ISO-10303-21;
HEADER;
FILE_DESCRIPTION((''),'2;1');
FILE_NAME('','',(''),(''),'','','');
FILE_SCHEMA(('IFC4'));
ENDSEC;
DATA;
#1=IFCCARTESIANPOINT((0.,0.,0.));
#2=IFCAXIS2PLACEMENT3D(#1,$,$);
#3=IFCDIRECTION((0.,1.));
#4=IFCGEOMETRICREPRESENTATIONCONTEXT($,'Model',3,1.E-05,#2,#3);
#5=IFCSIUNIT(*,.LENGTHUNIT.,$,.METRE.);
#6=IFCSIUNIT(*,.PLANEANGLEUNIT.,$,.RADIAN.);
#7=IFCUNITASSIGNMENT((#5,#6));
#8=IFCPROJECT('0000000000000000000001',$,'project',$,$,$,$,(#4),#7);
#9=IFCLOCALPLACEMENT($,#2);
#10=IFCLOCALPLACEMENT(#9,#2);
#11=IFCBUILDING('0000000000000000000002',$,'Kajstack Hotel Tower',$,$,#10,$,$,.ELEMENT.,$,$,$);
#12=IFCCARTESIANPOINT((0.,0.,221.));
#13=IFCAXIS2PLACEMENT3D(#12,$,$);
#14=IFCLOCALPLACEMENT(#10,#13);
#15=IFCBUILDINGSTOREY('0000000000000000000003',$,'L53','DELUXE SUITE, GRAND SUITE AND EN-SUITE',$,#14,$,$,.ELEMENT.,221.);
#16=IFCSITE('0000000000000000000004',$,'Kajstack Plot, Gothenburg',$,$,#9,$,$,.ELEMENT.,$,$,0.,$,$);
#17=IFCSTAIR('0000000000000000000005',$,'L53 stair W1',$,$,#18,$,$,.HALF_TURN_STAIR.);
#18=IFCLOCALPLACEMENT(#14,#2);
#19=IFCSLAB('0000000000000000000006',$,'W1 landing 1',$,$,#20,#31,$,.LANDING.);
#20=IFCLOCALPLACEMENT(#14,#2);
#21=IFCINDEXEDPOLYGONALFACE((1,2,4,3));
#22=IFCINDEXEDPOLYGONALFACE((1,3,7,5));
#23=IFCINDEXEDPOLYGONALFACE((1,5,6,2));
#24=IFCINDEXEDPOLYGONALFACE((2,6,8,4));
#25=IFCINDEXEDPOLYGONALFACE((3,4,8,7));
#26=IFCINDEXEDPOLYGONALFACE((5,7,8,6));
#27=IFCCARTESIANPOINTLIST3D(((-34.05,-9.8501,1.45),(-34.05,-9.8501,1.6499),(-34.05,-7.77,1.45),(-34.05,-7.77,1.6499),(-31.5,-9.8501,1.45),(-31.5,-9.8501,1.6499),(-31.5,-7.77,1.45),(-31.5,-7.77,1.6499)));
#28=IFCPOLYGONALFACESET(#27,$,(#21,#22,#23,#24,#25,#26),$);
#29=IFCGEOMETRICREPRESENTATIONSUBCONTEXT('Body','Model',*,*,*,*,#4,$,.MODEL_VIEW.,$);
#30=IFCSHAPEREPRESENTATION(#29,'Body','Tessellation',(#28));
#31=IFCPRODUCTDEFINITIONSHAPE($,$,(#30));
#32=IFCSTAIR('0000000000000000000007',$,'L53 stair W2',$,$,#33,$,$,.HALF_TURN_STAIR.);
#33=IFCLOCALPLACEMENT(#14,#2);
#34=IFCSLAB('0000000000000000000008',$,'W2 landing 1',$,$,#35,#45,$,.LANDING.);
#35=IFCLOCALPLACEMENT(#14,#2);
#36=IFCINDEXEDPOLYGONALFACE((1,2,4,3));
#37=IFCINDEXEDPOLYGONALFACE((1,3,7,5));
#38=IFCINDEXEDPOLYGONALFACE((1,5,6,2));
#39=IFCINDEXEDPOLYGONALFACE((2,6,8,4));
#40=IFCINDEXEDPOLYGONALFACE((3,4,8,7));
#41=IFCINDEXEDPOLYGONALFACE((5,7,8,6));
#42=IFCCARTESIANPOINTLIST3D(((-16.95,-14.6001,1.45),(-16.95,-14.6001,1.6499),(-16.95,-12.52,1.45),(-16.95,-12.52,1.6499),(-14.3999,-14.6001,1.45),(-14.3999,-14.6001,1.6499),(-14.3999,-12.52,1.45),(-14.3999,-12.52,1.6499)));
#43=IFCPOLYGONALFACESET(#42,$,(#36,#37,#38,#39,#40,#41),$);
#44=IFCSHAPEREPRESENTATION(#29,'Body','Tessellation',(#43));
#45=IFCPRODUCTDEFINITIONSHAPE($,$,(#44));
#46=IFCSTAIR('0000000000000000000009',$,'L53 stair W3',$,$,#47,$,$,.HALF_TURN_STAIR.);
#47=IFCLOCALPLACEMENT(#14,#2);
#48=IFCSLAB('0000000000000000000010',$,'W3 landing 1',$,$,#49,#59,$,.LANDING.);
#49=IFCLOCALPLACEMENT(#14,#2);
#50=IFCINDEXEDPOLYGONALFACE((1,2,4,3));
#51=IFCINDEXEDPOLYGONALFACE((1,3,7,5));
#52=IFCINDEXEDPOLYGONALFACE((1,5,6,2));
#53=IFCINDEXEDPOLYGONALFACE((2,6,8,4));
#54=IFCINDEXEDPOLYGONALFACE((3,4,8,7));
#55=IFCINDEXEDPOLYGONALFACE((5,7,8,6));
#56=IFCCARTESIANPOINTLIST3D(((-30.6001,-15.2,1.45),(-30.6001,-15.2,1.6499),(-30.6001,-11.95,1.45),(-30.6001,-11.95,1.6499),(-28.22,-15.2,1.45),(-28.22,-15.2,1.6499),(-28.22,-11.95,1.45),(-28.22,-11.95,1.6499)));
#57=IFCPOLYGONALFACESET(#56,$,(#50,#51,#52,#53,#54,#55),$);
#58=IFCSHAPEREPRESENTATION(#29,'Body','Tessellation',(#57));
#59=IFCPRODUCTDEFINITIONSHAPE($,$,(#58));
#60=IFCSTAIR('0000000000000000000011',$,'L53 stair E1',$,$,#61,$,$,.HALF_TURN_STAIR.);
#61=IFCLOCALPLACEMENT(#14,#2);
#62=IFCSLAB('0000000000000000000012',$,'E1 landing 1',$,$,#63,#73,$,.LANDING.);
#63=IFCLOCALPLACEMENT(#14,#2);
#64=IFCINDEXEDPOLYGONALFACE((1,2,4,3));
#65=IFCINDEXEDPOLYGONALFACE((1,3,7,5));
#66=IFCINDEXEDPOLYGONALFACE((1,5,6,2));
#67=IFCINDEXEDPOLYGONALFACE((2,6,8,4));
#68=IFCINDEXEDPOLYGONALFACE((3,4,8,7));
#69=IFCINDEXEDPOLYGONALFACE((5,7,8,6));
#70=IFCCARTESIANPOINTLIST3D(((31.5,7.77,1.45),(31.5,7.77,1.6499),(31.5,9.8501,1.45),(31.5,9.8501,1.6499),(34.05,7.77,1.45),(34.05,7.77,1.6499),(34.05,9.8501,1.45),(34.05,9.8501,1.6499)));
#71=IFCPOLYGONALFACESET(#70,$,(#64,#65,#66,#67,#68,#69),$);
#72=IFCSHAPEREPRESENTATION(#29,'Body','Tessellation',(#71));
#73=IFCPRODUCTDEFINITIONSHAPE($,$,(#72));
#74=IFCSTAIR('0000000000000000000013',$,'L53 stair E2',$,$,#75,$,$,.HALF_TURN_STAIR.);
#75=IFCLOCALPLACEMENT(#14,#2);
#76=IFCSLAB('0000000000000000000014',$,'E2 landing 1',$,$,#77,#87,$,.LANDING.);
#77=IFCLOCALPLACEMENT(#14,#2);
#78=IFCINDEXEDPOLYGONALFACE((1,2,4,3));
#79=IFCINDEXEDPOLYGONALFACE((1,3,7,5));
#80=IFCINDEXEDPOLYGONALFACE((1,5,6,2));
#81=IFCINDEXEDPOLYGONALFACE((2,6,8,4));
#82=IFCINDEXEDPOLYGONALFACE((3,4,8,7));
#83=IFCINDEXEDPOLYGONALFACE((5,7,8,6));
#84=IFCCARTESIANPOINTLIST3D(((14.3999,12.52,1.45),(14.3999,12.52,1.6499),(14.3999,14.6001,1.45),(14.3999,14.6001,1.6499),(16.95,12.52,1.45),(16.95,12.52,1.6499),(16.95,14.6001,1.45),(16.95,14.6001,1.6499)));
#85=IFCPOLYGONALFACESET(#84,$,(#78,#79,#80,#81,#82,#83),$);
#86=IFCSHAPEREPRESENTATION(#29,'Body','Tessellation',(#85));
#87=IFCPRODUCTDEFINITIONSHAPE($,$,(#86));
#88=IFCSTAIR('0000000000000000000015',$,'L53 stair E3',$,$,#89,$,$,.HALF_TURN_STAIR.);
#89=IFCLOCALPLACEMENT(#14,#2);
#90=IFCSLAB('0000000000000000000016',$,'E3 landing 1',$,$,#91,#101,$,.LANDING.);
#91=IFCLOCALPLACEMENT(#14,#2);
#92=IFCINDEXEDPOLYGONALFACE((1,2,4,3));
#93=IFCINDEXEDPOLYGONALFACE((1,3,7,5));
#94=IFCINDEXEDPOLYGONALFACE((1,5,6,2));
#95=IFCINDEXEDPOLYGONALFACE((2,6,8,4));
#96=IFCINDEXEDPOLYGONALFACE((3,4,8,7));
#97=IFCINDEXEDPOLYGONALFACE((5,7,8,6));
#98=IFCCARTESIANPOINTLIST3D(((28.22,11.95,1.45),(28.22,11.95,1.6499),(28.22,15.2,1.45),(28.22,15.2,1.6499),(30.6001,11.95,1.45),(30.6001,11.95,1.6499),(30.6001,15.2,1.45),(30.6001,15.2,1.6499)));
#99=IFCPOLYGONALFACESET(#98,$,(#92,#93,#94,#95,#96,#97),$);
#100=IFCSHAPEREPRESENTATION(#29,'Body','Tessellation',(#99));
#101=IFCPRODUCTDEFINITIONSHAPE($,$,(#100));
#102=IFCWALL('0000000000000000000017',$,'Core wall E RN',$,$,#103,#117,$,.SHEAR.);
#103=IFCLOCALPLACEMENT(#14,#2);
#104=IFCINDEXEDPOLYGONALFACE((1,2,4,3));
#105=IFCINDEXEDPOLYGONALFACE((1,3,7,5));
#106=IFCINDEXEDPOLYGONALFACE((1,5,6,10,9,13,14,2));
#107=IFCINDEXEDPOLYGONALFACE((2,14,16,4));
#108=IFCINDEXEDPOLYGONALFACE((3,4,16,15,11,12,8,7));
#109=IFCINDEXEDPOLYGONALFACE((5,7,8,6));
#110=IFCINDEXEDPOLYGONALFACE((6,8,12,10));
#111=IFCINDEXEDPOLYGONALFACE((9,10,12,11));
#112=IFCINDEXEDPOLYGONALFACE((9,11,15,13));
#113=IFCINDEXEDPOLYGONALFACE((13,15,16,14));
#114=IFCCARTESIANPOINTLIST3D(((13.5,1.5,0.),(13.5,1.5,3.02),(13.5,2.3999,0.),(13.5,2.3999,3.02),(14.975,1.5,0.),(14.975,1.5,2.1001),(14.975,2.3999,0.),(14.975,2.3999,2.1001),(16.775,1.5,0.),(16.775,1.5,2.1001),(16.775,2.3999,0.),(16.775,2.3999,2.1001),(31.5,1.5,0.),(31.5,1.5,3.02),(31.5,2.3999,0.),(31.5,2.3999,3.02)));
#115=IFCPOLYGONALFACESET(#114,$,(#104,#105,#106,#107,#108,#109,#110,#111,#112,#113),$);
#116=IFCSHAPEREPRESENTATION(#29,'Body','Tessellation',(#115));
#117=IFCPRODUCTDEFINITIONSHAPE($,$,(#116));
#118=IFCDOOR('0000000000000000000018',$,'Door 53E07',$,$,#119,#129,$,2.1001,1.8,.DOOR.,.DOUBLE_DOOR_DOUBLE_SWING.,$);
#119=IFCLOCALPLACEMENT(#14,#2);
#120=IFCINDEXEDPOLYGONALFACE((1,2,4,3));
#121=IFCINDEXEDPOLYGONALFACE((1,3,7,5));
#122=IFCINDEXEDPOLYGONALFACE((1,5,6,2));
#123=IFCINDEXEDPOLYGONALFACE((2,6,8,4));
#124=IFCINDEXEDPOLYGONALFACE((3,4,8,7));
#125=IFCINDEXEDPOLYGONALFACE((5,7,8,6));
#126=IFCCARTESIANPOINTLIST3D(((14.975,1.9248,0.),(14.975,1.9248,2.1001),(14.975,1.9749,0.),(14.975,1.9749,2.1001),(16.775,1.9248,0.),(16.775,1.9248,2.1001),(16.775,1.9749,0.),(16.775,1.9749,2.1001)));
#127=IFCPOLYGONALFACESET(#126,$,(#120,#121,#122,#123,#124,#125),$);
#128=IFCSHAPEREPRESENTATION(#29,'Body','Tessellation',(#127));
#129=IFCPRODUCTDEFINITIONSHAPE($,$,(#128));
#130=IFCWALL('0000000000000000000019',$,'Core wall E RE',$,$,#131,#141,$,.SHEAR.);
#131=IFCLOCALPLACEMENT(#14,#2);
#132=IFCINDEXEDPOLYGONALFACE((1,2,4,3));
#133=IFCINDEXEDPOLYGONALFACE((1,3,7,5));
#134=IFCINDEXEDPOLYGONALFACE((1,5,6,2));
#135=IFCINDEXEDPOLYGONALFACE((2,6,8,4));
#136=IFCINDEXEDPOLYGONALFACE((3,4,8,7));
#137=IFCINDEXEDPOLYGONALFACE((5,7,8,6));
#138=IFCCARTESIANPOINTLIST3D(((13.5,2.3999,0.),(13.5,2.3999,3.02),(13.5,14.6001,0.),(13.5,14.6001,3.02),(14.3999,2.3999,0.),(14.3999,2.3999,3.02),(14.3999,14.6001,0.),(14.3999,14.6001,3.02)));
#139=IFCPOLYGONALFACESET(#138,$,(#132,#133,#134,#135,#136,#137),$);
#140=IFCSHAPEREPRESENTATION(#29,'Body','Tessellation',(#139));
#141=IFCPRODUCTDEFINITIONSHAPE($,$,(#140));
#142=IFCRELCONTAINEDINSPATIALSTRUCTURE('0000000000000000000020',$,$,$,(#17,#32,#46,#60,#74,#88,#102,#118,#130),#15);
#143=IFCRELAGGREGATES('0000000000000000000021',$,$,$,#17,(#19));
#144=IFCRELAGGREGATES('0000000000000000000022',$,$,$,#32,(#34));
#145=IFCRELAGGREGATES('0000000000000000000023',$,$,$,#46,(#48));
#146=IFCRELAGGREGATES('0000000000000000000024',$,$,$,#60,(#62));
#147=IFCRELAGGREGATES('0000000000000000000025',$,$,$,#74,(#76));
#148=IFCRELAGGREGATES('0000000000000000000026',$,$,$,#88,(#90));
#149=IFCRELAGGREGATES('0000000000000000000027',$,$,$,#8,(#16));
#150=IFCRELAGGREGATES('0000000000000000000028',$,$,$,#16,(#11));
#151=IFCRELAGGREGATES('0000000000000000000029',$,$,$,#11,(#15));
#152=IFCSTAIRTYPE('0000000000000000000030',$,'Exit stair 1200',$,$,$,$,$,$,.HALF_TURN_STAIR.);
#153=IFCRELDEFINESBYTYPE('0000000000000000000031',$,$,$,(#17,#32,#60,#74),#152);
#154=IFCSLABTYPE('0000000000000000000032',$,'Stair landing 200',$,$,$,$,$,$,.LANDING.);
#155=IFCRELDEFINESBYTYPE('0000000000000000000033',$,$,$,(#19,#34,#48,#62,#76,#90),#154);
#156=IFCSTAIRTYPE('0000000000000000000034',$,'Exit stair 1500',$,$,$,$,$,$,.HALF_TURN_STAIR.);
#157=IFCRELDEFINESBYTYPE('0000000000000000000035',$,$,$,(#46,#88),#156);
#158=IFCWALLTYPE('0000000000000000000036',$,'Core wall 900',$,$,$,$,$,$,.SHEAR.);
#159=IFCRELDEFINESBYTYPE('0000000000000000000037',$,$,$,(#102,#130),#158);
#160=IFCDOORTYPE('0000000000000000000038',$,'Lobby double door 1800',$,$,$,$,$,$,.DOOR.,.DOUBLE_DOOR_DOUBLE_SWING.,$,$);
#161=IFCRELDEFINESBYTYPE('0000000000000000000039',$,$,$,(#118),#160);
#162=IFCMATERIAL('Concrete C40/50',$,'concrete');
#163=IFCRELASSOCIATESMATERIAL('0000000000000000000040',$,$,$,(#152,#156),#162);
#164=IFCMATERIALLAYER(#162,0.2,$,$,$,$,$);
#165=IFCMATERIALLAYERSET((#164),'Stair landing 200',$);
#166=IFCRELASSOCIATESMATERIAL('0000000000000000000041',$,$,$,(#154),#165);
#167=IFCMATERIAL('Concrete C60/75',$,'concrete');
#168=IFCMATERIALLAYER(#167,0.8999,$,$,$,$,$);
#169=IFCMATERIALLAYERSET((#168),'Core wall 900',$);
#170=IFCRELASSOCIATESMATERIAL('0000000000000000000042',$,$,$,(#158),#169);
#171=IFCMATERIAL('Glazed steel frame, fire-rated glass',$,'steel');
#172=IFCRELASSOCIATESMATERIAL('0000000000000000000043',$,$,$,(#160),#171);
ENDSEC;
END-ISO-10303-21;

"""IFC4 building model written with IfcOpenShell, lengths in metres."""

from ifc_helpers import new_model, si_unit, direction, frame, frame_2d, origin, place, context, subcontext, project, spatial, polyline, rectangle, outline, extrude, material, layer, layer_set, type_object, element, fill, aggregate, save


model = new_model("IFC4")

# Units and contexts
model_context = context("Model", 3, precision=1e-05, world=origin(), true_north=direction((0.0, 1.0)))
body_context = subcontext(model_context, "Body", "Model", "MODEL_VIEW")
ifc_project = project(units=[si_unit("LENGTHUNIT", "METRE"), si_unit("PLANEANGLEUNIT", "RADIAN")], contexts=[model_context])

# Site, building, storey
site_placement = place(None, origin())
site = spatial("IfcSite", under=ifc_project, at=site_placement, Name="Kajstack Plot, Gothenburg", CompositionType="ELEMENT", RefElevation=0.0)
building_placement = place(site_placement, origin())
building = spatial("IfcBuilding", under=site, at=building_placement, Name="Kajstack Hotel Tower", CompositionType="ELEMENT")
storey_placement = place(building_placement, frame((0.0, 0.0, 221.0)))
storey = spatial("IfcBuildingStorey", under=building, at=storey_placement, Name="L53", Description="DELUXE SUITE, GRAND SUITE AND EN-SUITE", CompositionType="ELEMENT", Elevation=221.0)

# Stairs, slabs
ifc_material_1 = material(Name="Concrete C40/50", Category="concrete")
stair_type_1 = type_object("IfcStairType", Name="Exit stair 1200", PredefinedType="HALF_TURN_STAIR", material=ifc_material_1)
stair_1_placement = place(storey_placement, origin())
stair_1 = element("IfcStair", 1, at=stair_1_placement, inside=storey, type_object=stair_type_1, Name="L53 stair W1", PredefinedType="HALF_TURN_STAIR")
ifc_layer_1 = layer(ifc_material_1, 0.2)
ifc_layer_set_1 = layer_set([ifc_layer_1], Name="Stair landing 200")
slab_type = type_object("IfcSlabType", Name="Stair landing 200", PredefinedType="LANDING", material=ifc_layer_set_1)
slab_1_placement = place(storey_placement, frame((0.0, 0.0, 1.45)))
slab_1 = element("IfcSlab", 2, at=slab_1_placement, type_object=slab_type, Name="W1 landing 1", PredefinedType="LANDING", context=body_context, shape_type="SweptSolid", body=[
    extrude(outline(polyline([(-34.05, -7.77), (-34.05, -9.8501), (-31.5, -9.8501), (-31.5, -7.77), (-34.05, -7.77)])), origin(), (0.0, 0.0, 1.0), 0.2),
])
aggregate(stair_1, [slab_1])
stair_2_placement = place(storey_placement, origin())
stair_2 = element("IfcStair", 3, at=stair_2_placement, inside=storey, type_object=stair_type_1, Name="L53 stair W2", PredefinedType="HALF_TURN_STAIR")
slab_2_placement = place(storey_placement, frame((0.0, 0.0, 1.45)))
slab_2 = element("IfcSlab", 4, at=slab_2_placement, type_object=slab_type, Name="W2 landing 1", PredefinedType="LANDING", context=body_context, shape_type="SweptSolid", body=[
    extrude(outline(polyline([(-16.95, -12.52), (-16.95, -14.6001), (-14.3999, -14.6001), (-14.3999, -12.52), (-16.95, -12.52)])), origin(), (0.0, 0.0, 1.0), 0.2),
])
aggregate(stair_2, [slab_2])
stair_type_2 = type_object("IfcStairType", Name="Exit stair 1500", PredefinedType="HALF_TURN_STAIR", material=ifc_material_1)
stair_3_placement = place(storey_placement, origin())
stair_3 = element("IfcStair", 5, at=stair_3_placement, inside=storey, type_object=stair_type_2, Name="L53 stair W3", PredefinedType="HALF_TURN_STAIR")
slab_3_placement = place(storey_placement, frame((0.0, 0.0, 1.45)))
slab_3 = element("IfcSlab", 6, at=slab_3_placement, type_object=slab_type, Name="W3 landing 1", PredefinedType="LANDING", context=body_context, shape_type="SweptSolid", body=[
    extrude(outline(polyline([(-28.22, -11.95), (-30.6001, -11.95), (-30.6001, -15.2), (-28.22, -15.2), (-28.22, -11.95)])), origin(), (0.0, 0.0, 1.0), 0.2),
])
aggregate(stair_3, [slab_3])
stair_4_placement = place(storey_placement, origin())
stair_4 = element("IfcStair", 7, at=stair_4_placement, inside=storey, type_object=stair_type_1, Name="L53 stair E1", PredefinedType="HALF_TURN_STAIR")
slab_4_placement = place(storey_placement, frame((0.0, 0.0, 1.45)))
slab_4 = element("IfcSlab", 8, at=slab_4_placement, type_object=slab_type, Name="E1 landing 1", PredefinedType="LANDING", context=body_context, shape_type="SweptSolid", body=[
    extrude(outline(polyline([(34.05, 7.77), (34.05, 9.8501), (31.5, 9.8501), (31.5, 7.77), (34.05, 7.77)])), origin(), (0.0, 0.0, 1.0), 0.2),
])
aggregate(stair_4, [slab_4])
stair_5_placement = place(storey_placement, origin())
stair_5 = element("IfcStair", 9, at=stair_5_placement, inside=storey, type_object=stair_type_1, Name="L53 stair E2", PredefinedType="HALF_TURN_STAIR")
slab_5_placement = place(storey_placement, frame((0.0, 0.0, 1.45)))
slab_5 = element("IfcSlab", 10, at=slab_5_placement, type_object=slab_type, Name="E2 landing 1", PredefinedType="LANDING", context=body_context, shape_type="SweptSolid", body=[
    extrude(outline(polyline([(16.95, 12.52), (16.95, 14.6001), (14.3999, 14.6001), (14.3999, 12.52), (16.95, 12.52)])), origin(), (0.0, 0.0, 1.0), 0.2),
])
aggregate(stair_5, [slab_5])
stair_6_placement = place(storey_placement, origin())
stair_6 = element("IfcStair", 11, at=stair_6_placement, inside=storey, type_object=stair_type_2, Name="L53 stair E3", PredefinedType="HALF_TURN_STAIR")
slab_6_placement = place(storey_placement, frame((0.0, 0.0, 1.45)))
slab_6 = element("IfcSlab", 12, at=slab_6_placement, type_object=slab_type, Name="E3 landing 1", PredefinedType="LANDING", context=body_context, shape_type="SweptSolid", body=[
    extrude(outline(polyline([(28.22, 11.95), (30.6001, 11.95), (30.6001, 15.2), (28.22, 15.2), (28.22, 11.95)])), origin(), (0.0, 0.0, 1.0), 0.2),
])
aggregate(stair_6, [slab_6])

# Wall, opening, door
ifc_material_2 = material(Name="Concrete C60/75", Category="concrete")
ifc_layer_2 = layer(ifc_material_2, 0.8999)
ifc_layer_set_2 = layer_set([ifc_layer_2], Name="Core wall 900")
wall_type_1 = type_object("IfcWallType", Name="Core wall 900", PredefinedType="SHEAR", material=ifc_layer_set_2)
wall_1_placement = place(storey_placement, frame((13.5, 1.95, 0.0), z_axis=(0.0, 0.0, 1.0), x_axis=(1.0, 0.0, 0.0)))
wall_1 = element("IfcWall", 13, at=wall_1_placement, inside=storey, type_object=wall_type_1, Name="Core wall E RN", PredefinedType="SHEAR", context=body_context, shape_type="SweptSolid", body=[
    extrude(rectangle(XDim=18.0, YDim=0.8999, at=frame_2d((9.0, 0.0))), origin(), (0.0, 0.0, 1.0), 3.02),
])
opening_1_placement = place(wall_1_placement, frame((1.4751, 0.0, 0.0)))
opening_1 = element("IfcOpeningElement", 14, at=opening_1_placement, cuts=wall_1, PredefinedType="OPENING", context=body_context, shape_type="SweptSolid", body=[
    extrude(rectangle(XDim=1.8, YDim=2.1001, at=frame_2d((0.8999, 1.05))), frame((0.0, 0.46, 0.0), z_axis=(0.0, -1.0, 0.0), x_axis=(1.0, 0.0, 0.0)), (0.0, 0.0, 1.0), 0.9199),
])
ifc_material_3 = material(Name="Glazed steel frame, fire-rated glass", Category="steel")
door_type_1 = type_object("IfcDoorType", Name="Lobby double door 1800", OperationType="DOUBLE_DOOR_DOUBLE_SWING", PredefinedType="DOOR", material=ifc_material_3)
door_1_placement = place(opening_1_placement, origin())
door_1 = element("IfcDoor", 15, at=door_1_placement, inside=storey, type_object=door_type_1, Name="Door 53E07", OperationType="DOUBLE_DOOR_DOUBLE_SWING", OverallHeight=2.1001, OverallWidth=1.8, PredefinedType="DOOR", context=body_context, shape_type="SweptSolid", body=[
    extrude(rectangle(XDim=1.8, YDim=2.1001, at=frame_2d((0.8999, 1.05))), frame((0.0, 0.0249, 0.0), z_axis=(0.0, -1.0, 0.0), x_axis=(1.0, 0.0, 0.0)), (0.0, 0.0, 1.0), 0.05),
])
fill(opening_1, door_1)

# Wall
wall_2_placement = place(storey_placement, frame((13.95, 2.3999, 0.0), z_axis=(0.0, 0.0, 1.0), x_axis=(0.0, 1.0, 0.0)))
element("IfcWall", 16, at=wall_2_placement, inside=storey, type_object=wall_type_1, Name="Core wall E RE", PredefinedType="SHEAR", context=body_context, shape_type="SweptSolid", body=[
    extrude(rectangle(XDim=12.2002, YDim=0.8999, at=frame_2d((6.1001, 0.0))), origin(), (0.0, 0.0, 1.0), 3.02),
])

save(model, "model.ifc")
